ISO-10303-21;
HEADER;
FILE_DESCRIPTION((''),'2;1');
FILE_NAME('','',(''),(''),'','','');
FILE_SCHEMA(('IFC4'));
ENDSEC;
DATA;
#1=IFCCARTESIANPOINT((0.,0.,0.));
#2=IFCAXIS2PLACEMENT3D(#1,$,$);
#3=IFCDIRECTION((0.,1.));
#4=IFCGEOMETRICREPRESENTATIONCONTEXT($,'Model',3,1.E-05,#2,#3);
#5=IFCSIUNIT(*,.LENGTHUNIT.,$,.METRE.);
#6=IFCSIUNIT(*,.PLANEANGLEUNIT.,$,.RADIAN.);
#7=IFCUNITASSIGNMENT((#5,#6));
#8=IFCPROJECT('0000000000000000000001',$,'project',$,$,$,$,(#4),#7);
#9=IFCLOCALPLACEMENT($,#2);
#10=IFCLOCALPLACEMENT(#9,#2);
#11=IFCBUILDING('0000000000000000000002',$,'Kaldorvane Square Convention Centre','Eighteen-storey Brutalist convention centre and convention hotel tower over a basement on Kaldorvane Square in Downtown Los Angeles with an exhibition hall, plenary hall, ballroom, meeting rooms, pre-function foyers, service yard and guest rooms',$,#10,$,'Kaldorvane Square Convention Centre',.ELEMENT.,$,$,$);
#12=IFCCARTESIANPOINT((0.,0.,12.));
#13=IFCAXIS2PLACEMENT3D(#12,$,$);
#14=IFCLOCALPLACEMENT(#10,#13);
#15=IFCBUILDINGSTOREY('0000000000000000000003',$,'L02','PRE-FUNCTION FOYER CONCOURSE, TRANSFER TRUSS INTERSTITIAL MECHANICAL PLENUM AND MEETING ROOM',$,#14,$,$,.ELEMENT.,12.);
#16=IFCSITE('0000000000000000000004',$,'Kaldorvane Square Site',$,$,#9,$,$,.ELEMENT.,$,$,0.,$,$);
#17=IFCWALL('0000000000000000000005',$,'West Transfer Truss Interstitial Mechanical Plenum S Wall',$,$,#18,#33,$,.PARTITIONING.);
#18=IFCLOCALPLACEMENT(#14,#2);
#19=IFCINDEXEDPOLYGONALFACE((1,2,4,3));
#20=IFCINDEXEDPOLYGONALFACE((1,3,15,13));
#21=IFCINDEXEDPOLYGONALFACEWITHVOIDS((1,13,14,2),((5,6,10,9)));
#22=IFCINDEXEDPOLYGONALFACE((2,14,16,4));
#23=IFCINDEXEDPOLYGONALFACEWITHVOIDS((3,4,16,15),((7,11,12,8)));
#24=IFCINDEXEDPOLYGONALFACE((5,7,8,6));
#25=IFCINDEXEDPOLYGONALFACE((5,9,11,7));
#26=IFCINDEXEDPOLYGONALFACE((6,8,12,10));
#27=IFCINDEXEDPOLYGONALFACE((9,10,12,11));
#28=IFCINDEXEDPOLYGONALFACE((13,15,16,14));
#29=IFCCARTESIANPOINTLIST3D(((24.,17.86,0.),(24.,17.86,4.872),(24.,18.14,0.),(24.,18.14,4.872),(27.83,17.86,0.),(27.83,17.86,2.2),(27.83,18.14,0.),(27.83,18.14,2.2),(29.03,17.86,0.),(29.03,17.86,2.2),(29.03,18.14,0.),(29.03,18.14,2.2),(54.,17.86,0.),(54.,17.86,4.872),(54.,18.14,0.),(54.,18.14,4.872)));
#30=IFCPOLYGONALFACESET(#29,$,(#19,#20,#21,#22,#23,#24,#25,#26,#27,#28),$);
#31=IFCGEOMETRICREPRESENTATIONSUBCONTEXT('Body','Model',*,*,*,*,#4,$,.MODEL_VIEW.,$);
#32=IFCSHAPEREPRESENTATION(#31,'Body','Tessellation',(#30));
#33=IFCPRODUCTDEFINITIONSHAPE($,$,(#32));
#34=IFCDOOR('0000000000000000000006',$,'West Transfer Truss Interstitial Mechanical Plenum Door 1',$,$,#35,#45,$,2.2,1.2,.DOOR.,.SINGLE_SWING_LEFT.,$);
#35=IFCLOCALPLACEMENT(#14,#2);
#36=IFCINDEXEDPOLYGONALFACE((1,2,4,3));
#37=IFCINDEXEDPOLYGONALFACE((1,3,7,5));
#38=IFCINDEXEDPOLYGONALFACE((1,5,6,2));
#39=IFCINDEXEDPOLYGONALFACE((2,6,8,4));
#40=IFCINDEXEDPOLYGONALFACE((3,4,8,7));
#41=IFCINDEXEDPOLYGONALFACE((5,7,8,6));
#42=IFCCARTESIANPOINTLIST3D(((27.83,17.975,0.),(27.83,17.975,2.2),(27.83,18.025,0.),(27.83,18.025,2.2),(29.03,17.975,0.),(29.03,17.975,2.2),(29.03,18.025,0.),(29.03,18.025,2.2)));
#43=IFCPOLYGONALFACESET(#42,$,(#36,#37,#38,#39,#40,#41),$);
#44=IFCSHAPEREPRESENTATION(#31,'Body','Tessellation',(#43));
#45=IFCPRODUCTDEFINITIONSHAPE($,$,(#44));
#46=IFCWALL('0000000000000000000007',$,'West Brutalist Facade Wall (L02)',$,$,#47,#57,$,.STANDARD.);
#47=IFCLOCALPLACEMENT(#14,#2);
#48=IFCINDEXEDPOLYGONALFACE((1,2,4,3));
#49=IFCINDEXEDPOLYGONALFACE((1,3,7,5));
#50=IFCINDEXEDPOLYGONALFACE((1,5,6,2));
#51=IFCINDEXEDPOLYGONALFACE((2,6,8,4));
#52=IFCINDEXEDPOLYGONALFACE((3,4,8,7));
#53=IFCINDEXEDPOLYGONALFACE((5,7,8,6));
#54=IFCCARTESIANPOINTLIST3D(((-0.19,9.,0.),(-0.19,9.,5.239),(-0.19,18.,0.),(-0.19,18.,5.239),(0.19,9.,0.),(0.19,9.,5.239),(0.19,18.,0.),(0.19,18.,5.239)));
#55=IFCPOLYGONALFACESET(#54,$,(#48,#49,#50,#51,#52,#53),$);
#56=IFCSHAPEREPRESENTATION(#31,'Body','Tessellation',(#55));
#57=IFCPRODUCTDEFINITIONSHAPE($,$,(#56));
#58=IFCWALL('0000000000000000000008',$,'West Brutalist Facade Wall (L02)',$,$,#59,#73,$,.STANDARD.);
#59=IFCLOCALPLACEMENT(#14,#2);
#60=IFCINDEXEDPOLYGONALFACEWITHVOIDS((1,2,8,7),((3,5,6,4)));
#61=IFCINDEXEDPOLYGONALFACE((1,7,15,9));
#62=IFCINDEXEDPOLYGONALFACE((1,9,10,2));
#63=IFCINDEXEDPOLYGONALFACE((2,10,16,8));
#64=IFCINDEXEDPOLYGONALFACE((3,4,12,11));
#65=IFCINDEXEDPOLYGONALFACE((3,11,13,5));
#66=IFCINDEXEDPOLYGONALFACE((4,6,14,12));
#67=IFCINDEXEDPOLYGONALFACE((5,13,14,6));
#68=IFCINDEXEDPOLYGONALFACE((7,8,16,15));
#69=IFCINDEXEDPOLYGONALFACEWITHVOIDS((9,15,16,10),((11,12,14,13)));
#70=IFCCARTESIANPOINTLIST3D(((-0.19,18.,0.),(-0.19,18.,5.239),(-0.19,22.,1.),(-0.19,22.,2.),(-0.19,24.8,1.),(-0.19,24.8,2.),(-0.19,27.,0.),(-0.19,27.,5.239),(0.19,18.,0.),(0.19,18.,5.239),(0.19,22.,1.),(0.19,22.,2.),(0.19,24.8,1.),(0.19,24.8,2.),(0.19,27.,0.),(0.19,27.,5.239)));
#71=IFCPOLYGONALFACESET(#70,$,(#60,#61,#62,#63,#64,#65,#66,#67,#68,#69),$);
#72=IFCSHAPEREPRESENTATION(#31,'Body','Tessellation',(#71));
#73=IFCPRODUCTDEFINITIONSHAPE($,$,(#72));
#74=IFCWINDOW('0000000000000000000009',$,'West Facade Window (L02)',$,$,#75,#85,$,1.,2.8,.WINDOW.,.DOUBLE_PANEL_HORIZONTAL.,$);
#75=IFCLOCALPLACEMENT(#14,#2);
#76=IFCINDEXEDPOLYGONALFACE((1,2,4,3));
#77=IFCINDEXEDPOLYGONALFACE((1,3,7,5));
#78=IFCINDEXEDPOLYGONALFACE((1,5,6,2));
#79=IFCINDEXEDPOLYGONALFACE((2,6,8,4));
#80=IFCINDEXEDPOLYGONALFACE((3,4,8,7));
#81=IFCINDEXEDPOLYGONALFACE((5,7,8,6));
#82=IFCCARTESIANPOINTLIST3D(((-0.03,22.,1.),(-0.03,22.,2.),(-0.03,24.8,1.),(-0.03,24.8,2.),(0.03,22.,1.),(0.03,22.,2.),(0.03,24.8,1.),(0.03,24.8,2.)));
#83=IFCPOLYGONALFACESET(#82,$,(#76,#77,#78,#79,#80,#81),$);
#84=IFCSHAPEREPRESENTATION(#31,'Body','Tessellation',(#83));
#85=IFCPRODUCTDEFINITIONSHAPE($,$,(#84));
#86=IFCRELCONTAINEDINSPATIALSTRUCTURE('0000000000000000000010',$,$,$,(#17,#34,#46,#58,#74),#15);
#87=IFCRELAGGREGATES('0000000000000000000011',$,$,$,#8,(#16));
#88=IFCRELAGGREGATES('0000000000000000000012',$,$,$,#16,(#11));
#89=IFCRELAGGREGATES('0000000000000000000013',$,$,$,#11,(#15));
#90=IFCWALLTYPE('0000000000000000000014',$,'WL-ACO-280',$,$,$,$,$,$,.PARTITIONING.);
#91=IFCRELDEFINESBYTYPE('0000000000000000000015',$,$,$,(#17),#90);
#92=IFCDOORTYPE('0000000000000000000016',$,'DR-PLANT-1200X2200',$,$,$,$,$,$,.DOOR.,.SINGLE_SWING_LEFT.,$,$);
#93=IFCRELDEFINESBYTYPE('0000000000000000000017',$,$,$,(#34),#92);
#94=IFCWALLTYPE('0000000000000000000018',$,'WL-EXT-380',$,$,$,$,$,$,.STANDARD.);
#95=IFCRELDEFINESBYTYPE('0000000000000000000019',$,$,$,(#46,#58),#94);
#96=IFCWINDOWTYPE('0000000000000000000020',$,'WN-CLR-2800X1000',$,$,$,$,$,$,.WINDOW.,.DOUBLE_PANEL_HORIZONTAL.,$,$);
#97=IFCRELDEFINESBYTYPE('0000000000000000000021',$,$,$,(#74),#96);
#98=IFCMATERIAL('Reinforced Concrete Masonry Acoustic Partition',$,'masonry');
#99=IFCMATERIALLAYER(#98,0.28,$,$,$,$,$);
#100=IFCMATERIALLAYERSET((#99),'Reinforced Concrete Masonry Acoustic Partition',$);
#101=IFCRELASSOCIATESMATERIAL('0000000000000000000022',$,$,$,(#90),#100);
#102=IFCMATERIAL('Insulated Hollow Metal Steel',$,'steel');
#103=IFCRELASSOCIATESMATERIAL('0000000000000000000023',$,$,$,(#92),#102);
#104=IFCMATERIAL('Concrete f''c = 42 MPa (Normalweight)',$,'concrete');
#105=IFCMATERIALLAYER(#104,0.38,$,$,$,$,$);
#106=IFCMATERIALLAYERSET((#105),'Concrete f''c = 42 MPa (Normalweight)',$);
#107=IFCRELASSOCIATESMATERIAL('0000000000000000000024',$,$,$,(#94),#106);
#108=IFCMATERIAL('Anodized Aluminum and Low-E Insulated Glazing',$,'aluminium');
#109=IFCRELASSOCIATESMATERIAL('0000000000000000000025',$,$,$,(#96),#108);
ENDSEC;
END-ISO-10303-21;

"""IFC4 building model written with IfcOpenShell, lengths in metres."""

from ifc_helpers import new_model, si_unit, direction, frame, frame_2d, origin, place, context, subcontext, project, spatial, rectangle, extrude, material, layer, layer_set, type_object, element, fill, save


model = new_model("IFC4")

# Units and contexts
model_context = context("Model", 3, precision=1e-05, world=origin(), true_north=direction((0.0, 1.0)))
body_context = subcontext(model_context, "Body", "Model", "MODEL_VIEW")
ifc_project = project(units=[si_unit("LENGTHUNIT", "METRE"), si_unit("PLANEANGLEUNIT", "RADIAN")], contexts=[model_context])

# Site, building, storey
site_placement = place(None, origin())
site = spatial("IfcSite", under=ifc_project, at=site_placement, Name="Kaldorvane Square Site", CompositionType="ELEMENT", RefElevation=0.0)
building_placement = place(site_placement, origin())
building = spatial("IfcBuilding", under=site, at=building_placement, Name="Kaldorvane Square Convention Centre", Description="Eighteen-storey Brutalist convention centre and convention hotel tower over a basement on Kaldorvane Square in Downtown Los Angeles with an exhibition hall, plenary hall, ballroom, meeting rooms, pre-function foyers, service yard and guest rooms", LongName="Kaldorvane Square Convention Centre", CompositionType="ELEMENT")
storey_placement = place(building_placement, frame((0.0, 0.0, 12.0)))
storey = spatial("IfcBuildingStorey", under=building, at=storey_placement, Name="L02", Description="PRE-FUNCTION FOYER CONCOURSE, TRANSFER TRUSS INTERSTITIAL MECHANICAL PLENUM AND MEETING ROOM", CompositionType="ELEMENT", Elevation=12.0)

# Shared definitions
ifc_material_1 = material(Name="Reinforced Concrete Masonry Acoustic Partition", Category="masonry")

# Wall, opening, door
ifc_layer_1 = layer(ifc_material_1, 0.28)
ifc_layer_set_1 = layer_set([ifc_layer_1], Name="Reinforced Concrete Masonry Acoustic Partition")
wall_type_1 = type_object("IfcWallType", Name="WL-ACO-280", PredefinedType="PARTITIONING", material=ifc_layer_set_1)
wall_1_placement = place(storey_placement, frame((24.0, 18.0, 0.0), z_axis=(0.0, 0.0, 1.0), x_axis=(1.0, 0.0, 0.0)))
wall_1 = element("IfcWall", 1, at=wall_1_placement, inside=storey, type_object=wall_type_1, Name="West Transfer Truss Interstitial Mechanical Plenum S Wall", PredefinedType="PARTITIONING", context=body_context, shape_type="SweptSolid", body=[
    extrude(rectangle(XDim=30.0, YDim=0.28, at=frame_2d((15.0, 0.0))), origin(), (0.0, 0.0, 1.0), 4.872),
])
opening_1_placement = place(wall_1_placement, frame((3.83, 0.0, 0.0)))
opening_1 = element("IfcOpeningElement", 2, at=opening_1_placement, cuts=wall_1, PredefinedType="OPENING", context=body_context, shape_type="SweptSolid", body=[
    extrude(rectangle(XDim=1.2, YDim=2.2, at=frame_2d((0.6, 1.1))), frame((0.0, 0.155, 0.0), z_axis=(0.0, -1.0, 0.0), x_axis=(1.0, 0.0, 0.0)), (0.0, 0.0, 1.0), 0.31),
])
ifc_material_2 = material(Name="Insulated Hollow Metal Steel", Category="steel")
door_type_1 = type_object("IfcDoorType", Name="DR-PLANT-1200X2200", OperationType="SINGLE_SWING_LEFT", PredefinedType="DOOR", material=ifc_material_2)
door_1_placement = place(opening_1_placement, origin())
door_1 = element("IfcDoor", 3, at=door_1_placement, inside=storey, type_object=door_type_1, Name="West Transfer Truss Interstitial Mechanical Plenum Door 1", OperationType="SINGLE_SWING_LEFT", OverallHeight=2.2, OverallWidth=1.2, PredefinedType="DOOR", context=body_context, shape_type="SweptSolid", body=[
    extrude(rectangle(XDim=1.2, YDim=2.2, at=frame_2d((0.6, 1.1))), frame((0.0, 0.025, 0.0), z_axis=(0.0, -1.0, 0.0), x_axis=(1.0, 0.0, 0.0)), (0.0, 0.0, 1.0), 0.05),
])
fill(opening_1, door_1)

# Wall
ifc_material_3 = material(Name="Concrete f'c = 42 MPa (Normalweight)", Category="concrete")
ifc_layer_2 = layer(ifc_material_3, 0.38)
ifc_layer_set_2 = layer_set([ifc_layer_2], Name="Concrete f'c = 42 MPa (Normalweight)")
wall_type_2 = type_object("IfcWallType", Name="WL-EXT-380", PredefinedType="STANDARD", material=ifc_layer_set_2)
wall_2_placement = place(storey_placement, frame((0.0, 18.0, 0.0), z_axis=(0.0, 0.0, 1.0), x_axis=(0.0, -1.0, 0.0)))
element("IfcWall", 4, at=wall_2_placement, inside=storey, type_object=wall_type_2, Name="West Brutalist Facade Wall (L02)", PredefinedType="STANDARD", context=body_context, shape_type="SweptSolid", body=[
    extrude(rectangle(XDim=9.0, YDim=0.38, at=frame_2d((4.5, 0.0))), origin(), (0.0, 0.0, 1.0), 5.239),
])

# Wall, opening, window
wall_3_placement = place(storey_placement, frame((0.0, 27.0, 0.0), z_axis=(0.0, 0.0, 1.0), x_axis=(0.0, -1.0, 0.0)))
wall_3 = element("IfcWall", 5, at=wall_3_placement, inside=storey, type_object=wall_type_2, Name="West Brutalist Facade Wall (L02)", PredefinedType="STANDARD", context=body_context, shape_type="SweptSolid", body=[
    extrude(rectangle(XDim=9.0, YDim=0.38, at=frame_2d((4.5, 0.0))), origin(), (0.0, 0.0, 1.0), 5.239),
])
opening_2_placement = place(wall_3_placement, frame((2.2, 0.0, 1.0)))
opening_2 = element("IfcOpeningElement", 6, at=opening_2_placement, cuts=wall_3, PredefinedType="OPENING", context=body_context, shape_type="SweptSolid", body=[
    extrude(rectangle(XDim=2.8, YDim=1.0, at=frame_2d((1.4, 0.5))), frame((0.0, 0.205, 0.0), z_axis=(0.0, -1.0, 0.0), x_axis=(1.0, 0.0, 0.0)), (0.0, 0.0, 1.0), 0.41),
])
ifc_material_4 = material(Name="Anodized Aluminum and Low-E Insulated Glazing", Category="aluminium")
window_type = type_object("IfcWindowType", Name="WN-CLR-2800X1000", PartitioningType="DOUBLE_PANEL_HORIZONTAL", PredefinedType="WINDOW", material=ifc_material_4)
window_placement = place(opening_2_placement, origin())
window = element("IfcWindow", 7, at=window_placement, inside=storey, type_object=window_type, Name="West Facade Window (L02)", OverallHeight=1.0, OverallWidth=2.8, PartitioningType="DOUBLE_PANEL_HORIZONTAL", PredefinedType="WINDOW", context=body_context, shape_type="SweptSolid", body=[
    extrude(rectangle(XDim=2.8, YDim=1.0, at=frame_2d((1.4, 0.5))), frame((0.0, 0.03, 0.0), z_axis=(0.0, -1.0, 0.0), x_axis=(1.0, 0.0, 0.0)), (0.0, 0.0, 1.0), 0.06),
])
fill(opening_2, window)

save(model, "model.ifc")
